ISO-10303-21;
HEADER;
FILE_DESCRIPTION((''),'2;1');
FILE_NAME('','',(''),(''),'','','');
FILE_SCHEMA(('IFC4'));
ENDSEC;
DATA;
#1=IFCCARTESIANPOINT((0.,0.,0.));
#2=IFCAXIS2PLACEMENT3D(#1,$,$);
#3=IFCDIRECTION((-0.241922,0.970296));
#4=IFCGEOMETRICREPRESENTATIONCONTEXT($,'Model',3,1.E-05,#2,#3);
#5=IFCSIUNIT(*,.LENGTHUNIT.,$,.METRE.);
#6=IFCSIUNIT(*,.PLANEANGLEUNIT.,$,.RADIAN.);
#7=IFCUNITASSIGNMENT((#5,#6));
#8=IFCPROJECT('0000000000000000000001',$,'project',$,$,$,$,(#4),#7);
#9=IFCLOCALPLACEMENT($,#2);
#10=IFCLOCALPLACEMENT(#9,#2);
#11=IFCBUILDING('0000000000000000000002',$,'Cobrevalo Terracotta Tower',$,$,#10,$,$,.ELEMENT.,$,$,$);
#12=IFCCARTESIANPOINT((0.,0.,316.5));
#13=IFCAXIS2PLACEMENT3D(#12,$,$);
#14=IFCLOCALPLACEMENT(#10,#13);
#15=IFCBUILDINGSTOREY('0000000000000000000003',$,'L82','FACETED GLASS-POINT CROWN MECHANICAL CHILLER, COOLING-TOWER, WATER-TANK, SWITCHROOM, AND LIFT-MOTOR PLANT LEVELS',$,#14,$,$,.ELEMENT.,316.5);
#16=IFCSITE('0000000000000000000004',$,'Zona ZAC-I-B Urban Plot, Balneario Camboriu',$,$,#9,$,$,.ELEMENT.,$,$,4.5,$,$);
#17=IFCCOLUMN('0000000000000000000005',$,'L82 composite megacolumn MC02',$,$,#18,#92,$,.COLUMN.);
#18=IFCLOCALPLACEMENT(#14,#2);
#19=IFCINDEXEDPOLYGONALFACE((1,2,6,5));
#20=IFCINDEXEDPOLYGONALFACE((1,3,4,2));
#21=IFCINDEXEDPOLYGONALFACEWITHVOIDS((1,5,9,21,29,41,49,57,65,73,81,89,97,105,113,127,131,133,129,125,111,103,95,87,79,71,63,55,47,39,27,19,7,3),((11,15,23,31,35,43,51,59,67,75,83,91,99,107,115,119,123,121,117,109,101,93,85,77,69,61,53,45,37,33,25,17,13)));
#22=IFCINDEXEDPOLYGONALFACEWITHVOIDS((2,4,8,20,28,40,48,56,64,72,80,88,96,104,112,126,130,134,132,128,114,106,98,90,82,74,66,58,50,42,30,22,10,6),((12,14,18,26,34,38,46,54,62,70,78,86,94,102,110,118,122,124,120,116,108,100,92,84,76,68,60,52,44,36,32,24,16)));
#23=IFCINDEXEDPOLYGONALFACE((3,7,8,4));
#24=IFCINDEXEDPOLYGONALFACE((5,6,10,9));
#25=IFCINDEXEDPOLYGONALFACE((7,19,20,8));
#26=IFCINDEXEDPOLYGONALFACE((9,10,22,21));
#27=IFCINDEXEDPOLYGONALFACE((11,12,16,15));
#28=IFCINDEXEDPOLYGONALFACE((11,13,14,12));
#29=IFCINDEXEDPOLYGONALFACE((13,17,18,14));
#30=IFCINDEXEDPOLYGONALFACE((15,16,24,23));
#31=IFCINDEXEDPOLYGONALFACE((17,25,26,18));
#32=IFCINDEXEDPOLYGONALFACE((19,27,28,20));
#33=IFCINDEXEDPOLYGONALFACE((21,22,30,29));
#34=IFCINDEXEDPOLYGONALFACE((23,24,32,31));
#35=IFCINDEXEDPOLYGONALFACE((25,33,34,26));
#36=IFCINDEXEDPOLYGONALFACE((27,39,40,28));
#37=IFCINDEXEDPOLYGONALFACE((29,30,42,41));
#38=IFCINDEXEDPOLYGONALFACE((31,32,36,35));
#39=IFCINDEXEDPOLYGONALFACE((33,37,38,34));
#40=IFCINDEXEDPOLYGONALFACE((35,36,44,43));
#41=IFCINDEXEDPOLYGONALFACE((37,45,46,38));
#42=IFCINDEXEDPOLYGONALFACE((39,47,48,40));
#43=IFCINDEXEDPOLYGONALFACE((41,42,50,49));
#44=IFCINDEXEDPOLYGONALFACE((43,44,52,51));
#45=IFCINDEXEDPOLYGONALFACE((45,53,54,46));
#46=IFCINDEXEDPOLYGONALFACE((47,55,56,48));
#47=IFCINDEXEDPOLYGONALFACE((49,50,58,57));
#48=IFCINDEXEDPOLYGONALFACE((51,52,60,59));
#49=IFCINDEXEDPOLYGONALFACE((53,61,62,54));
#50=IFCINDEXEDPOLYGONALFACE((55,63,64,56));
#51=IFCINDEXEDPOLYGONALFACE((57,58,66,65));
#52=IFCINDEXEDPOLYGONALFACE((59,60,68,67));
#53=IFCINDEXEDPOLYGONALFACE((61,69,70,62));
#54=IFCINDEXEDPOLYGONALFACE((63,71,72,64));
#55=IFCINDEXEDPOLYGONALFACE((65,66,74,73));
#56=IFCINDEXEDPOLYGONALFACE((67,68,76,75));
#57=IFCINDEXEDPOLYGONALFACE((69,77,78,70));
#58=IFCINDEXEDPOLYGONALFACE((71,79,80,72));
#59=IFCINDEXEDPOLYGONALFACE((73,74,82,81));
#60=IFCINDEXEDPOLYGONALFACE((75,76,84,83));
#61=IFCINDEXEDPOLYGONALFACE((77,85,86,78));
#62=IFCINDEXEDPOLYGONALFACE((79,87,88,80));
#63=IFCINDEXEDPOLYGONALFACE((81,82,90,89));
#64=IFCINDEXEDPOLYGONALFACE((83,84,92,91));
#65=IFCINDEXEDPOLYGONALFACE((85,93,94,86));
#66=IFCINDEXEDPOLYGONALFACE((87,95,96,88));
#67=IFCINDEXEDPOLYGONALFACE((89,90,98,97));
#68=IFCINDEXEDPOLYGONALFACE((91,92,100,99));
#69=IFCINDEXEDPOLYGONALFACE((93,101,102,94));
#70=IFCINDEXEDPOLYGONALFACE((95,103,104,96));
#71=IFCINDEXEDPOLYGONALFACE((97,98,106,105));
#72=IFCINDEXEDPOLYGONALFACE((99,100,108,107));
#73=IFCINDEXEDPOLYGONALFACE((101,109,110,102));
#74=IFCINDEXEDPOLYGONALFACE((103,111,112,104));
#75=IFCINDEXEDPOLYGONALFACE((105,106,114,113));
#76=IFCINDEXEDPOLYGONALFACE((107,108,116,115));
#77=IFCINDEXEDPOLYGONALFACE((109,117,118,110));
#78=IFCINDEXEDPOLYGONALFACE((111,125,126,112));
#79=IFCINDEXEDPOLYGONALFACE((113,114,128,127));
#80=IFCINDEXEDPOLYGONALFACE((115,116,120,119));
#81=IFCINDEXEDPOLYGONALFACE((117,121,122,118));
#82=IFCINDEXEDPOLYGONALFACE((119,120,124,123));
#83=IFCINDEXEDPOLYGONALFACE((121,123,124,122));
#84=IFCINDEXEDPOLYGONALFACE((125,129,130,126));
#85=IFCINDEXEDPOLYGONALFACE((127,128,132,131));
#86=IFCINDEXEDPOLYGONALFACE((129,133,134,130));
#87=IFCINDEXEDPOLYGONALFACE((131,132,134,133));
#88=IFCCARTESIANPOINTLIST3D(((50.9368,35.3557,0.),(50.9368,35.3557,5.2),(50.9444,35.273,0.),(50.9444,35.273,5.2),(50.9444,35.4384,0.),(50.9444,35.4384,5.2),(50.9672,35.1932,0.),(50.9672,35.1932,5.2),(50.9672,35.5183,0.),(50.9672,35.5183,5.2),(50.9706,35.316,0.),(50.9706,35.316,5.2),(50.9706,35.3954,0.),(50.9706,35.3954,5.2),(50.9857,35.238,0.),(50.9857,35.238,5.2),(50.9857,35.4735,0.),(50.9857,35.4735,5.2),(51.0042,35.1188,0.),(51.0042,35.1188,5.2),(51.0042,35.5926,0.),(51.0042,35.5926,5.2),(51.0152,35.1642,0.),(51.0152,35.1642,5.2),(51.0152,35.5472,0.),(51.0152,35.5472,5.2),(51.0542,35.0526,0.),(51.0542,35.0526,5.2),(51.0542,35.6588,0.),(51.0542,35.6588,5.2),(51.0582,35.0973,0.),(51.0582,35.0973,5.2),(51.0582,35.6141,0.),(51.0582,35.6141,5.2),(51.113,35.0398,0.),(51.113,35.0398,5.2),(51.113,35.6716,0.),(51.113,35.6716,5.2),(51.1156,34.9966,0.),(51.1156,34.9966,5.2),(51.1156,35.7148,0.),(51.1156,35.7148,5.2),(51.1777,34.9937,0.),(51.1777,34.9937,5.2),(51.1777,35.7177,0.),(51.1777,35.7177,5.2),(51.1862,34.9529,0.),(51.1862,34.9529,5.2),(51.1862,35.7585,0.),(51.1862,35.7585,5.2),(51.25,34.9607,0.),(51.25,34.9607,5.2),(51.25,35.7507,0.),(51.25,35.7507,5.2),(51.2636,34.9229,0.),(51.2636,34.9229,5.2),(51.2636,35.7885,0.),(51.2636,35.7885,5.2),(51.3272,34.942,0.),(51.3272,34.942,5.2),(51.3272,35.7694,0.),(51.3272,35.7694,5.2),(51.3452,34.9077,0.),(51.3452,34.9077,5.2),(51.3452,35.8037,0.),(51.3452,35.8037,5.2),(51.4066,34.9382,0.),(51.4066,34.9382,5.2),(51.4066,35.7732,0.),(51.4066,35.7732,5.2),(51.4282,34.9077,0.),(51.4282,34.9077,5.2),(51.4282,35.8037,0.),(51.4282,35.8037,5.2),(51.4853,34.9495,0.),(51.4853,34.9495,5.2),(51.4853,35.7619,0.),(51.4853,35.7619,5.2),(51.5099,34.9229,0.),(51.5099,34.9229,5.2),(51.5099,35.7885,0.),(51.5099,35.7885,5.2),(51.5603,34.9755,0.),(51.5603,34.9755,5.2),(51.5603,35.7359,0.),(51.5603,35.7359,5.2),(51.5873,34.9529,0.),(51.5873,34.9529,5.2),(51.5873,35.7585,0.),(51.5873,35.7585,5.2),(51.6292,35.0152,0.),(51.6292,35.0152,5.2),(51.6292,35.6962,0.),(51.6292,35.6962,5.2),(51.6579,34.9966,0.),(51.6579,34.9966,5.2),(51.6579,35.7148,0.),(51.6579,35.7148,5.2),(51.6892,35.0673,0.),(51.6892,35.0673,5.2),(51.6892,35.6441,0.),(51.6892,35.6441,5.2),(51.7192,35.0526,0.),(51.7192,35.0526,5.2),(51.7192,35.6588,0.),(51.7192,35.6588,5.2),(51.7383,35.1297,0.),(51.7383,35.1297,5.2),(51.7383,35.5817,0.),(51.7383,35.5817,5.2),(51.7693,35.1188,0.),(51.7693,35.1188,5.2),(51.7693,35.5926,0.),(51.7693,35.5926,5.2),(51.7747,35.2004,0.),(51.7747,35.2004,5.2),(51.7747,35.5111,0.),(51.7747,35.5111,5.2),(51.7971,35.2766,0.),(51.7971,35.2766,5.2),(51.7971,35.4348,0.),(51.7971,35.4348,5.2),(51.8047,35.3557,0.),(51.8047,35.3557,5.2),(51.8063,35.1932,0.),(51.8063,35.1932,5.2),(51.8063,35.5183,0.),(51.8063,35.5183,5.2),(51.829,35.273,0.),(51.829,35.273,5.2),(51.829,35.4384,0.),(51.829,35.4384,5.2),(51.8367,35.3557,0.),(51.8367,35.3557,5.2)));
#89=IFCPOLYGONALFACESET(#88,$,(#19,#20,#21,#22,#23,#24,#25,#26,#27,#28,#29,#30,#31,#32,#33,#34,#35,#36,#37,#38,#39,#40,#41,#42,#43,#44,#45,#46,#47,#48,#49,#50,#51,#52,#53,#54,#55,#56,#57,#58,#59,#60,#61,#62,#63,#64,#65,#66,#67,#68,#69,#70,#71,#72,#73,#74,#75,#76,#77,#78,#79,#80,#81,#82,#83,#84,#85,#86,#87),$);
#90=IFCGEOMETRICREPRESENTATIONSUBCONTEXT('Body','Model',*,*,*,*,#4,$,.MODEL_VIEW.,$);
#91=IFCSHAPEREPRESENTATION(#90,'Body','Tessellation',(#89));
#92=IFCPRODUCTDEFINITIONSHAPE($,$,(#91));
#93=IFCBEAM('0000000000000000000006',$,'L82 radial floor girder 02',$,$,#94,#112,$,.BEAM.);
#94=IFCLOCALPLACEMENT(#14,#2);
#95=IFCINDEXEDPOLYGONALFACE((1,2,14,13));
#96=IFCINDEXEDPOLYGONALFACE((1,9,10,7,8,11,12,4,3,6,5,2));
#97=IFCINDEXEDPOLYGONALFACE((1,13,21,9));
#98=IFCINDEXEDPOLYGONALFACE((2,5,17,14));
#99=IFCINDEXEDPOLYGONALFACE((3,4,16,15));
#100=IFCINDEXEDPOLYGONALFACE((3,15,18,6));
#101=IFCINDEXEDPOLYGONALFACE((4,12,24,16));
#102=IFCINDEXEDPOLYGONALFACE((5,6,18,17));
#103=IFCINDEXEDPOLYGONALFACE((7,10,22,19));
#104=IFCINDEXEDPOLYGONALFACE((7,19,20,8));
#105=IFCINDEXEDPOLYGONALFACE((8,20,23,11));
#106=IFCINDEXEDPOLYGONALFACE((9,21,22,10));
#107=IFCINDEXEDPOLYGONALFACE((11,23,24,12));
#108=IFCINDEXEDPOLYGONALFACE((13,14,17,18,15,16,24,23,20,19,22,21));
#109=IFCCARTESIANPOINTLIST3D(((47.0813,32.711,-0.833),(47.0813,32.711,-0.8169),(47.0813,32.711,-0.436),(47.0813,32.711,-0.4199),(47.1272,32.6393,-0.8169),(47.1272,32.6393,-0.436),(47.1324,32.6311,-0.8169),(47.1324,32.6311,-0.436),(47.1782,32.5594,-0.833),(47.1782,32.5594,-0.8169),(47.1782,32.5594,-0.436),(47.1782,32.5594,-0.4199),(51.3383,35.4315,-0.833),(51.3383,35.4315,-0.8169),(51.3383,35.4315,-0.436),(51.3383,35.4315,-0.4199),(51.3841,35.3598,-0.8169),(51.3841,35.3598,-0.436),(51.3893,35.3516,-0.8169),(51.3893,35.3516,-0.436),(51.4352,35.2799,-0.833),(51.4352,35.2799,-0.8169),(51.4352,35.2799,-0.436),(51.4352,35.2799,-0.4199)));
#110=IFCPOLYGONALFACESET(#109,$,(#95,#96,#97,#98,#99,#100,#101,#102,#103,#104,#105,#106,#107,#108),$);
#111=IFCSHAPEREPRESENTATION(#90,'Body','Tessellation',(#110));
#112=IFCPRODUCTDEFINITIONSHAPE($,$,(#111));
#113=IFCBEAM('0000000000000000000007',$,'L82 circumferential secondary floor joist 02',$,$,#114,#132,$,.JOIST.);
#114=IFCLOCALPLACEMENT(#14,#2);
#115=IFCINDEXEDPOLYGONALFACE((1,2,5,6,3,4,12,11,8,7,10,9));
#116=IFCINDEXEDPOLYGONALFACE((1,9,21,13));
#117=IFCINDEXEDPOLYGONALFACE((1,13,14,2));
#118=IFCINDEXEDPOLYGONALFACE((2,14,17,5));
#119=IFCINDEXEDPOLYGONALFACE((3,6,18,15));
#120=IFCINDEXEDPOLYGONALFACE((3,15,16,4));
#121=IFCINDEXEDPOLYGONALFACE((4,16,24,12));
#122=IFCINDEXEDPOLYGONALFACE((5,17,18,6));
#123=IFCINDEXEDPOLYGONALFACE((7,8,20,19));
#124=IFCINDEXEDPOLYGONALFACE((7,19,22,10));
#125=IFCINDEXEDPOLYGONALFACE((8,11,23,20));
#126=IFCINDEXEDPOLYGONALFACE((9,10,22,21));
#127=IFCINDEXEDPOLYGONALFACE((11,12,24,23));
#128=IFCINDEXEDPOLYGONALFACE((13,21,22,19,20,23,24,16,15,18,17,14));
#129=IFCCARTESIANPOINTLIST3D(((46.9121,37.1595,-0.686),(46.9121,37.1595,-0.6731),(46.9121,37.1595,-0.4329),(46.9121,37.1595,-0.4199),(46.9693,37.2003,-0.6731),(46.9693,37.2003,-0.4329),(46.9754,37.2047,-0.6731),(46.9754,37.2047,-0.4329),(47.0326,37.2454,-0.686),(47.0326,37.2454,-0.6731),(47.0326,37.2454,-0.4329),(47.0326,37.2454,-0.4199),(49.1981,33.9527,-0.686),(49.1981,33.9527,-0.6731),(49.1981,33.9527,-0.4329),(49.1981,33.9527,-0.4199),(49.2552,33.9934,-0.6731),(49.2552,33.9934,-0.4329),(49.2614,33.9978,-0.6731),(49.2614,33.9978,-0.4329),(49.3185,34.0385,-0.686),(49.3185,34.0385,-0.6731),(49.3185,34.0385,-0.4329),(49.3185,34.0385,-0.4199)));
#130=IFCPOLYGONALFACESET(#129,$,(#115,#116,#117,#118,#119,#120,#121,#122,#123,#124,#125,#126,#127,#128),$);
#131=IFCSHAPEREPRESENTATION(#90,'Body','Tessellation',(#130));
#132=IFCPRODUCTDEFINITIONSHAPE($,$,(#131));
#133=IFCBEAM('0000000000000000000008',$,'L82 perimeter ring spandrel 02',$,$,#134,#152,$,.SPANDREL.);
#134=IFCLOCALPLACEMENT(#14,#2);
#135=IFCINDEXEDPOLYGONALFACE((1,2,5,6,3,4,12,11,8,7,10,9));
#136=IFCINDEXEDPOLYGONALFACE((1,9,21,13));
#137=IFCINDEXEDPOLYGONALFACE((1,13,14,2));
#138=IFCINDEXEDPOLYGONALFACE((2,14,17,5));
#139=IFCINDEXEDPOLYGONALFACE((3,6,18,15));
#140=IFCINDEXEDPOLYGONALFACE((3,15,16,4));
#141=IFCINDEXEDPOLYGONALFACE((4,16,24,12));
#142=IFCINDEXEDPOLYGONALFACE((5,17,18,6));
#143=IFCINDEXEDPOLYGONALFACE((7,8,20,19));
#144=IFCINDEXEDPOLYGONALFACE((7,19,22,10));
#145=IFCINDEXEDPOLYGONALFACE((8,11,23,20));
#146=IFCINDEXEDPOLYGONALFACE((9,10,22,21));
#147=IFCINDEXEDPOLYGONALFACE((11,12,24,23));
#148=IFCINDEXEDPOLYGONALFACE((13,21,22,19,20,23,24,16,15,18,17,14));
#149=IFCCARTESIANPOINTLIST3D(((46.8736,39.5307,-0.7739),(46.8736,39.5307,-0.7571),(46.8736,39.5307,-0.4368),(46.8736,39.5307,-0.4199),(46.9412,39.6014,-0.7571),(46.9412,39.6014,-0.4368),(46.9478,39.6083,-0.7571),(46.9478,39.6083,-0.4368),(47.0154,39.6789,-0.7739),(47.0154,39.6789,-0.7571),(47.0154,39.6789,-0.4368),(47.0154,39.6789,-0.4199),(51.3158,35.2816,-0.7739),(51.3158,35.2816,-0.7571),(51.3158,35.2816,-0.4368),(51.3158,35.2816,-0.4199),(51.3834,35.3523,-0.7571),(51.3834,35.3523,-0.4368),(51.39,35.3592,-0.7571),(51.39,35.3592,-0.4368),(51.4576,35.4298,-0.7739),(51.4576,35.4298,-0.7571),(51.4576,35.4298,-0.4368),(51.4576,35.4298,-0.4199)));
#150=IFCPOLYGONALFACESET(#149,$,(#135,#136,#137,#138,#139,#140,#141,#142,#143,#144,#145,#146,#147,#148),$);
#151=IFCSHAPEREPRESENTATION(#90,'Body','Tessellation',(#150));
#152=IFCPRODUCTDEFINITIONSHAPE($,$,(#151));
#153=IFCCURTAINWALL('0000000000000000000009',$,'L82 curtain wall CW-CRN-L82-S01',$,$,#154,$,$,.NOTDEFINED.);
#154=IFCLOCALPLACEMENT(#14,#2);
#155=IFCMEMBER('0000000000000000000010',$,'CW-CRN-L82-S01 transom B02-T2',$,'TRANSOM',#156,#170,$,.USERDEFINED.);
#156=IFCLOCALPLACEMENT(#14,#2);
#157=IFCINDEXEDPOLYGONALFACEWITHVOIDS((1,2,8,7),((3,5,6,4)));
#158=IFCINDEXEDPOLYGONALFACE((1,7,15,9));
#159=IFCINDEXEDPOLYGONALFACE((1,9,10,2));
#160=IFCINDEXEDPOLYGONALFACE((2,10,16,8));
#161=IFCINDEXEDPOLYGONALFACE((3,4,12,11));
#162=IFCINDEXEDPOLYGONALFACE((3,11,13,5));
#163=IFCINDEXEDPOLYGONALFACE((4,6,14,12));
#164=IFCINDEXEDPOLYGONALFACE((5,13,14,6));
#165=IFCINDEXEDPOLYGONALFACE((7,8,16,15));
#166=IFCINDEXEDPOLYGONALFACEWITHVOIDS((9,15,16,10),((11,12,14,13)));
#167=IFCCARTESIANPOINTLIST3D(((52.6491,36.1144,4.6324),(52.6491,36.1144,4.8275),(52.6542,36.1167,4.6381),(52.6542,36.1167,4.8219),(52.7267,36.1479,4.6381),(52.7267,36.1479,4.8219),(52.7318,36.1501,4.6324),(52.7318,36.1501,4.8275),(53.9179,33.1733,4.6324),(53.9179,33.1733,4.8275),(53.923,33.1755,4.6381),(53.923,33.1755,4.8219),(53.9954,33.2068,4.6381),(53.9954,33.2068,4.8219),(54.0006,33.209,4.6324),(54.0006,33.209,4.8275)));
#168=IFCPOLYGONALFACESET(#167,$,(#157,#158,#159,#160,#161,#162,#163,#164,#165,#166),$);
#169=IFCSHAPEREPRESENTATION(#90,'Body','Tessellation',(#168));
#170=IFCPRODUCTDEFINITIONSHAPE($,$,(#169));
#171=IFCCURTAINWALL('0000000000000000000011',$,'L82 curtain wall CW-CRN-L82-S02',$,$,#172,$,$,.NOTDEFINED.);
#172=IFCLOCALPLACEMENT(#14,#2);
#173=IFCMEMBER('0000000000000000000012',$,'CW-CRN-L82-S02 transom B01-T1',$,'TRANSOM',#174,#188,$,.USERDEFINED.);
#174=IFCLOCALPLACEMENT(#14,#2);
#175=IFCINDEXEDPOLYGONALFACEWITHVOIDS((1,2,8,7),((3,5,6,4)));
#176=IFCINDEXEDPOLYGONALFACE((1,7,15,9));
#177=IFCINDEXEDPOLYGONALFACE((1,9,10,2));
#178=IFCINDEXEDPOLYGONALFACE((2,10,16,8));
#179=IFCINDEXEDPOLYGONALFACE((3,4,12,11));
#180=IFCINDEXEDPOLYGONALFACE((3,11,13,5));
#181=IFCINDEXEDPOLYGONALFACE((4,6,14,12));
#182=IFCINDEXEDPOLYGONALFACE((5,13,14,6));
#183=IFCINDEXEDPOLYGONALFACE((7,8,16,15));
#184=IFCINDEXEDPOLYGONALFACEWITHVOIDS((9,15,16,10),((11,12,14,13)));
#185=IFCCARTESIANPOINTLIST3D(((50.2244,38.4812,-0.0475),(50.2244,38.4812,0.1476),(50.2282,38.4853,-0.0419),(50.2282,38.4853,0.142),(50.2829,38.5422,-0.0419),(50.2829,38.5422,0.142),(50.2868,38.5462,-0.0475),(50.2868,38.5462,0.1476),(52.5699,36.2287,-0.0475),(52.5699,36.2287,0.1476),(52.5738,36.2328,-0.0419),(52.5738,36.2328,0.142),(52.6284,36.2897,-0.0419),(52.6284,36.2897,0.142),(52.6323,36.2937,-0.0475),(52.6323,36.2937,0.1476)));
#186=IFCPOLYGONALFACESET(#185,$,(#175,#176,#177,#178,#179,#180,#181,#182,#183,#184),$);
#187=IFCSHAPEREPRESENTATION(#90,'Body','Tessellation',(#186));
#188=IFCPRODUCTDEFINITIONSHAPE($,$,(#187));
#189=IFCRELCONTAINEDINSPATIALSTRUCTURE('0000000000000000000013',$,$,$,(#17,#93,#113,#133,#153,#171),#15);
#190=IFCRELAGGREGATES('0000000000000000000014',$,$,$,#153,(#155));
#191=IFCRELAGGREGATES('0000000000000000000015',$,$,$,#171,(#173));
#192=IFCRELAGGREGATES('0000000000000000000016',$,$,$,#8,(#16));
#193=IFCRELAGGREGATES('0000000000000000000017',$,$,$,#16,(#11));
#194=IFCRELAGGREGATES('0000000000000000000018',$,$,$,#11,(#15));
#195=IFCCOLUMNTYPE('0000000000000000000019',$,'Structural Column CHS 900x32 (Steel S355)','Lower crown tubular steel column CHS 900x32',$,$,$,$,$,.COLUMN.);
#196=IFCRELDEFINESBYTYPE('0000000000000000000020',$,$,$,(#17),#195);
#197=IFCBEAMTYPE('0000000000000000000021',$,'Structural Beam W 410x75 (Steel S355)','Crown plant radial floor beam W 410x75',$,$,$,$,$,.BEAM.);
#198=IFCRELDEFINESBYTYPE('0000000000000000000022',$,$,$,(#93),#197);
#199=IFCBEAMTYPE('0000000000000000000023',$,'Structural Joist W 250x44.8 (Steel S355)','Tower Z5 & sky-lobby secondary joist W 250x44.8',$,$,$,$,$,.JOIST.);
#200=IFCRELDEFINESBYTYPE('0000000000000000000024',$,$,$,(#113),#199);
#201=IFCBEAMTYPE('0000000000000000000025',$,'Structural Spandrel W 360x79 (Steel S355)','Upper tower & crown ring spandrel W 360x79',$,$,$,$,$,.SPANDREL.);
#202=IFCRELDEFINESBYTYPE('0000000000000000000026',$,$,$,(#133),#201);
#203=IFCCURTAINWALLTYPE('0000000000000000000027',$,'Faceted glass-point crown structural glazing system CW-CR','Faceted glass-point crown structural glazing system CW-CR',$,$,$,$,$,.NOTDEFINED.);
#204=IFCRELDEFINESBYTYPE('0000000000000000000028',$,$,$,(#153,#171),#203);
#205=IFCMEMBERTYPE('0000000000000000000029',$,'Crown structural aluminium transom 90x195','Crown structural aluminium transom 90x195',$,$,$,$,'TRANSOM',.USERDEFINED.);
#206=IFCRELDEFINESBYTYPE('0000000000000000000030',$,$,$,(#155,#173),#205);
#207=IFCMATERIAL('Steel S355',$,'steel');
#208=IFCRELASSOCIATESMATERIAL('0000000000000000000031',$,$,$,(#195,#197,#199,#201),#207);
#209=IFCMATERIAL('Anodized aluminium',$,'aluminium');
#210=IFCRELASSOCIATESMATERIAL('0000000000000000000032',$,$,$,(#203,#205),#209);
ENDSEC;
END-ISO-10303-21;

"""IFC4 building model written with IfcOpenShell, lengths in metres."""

from ifc_helpers import new_model, si_unit, direction, frame, origin, origin_2d, place, context, subcontext, project, spatial, hollow_rectangle, hollow_circle, i_section, extrude, source, transform, mapped, material, material_profile, profile_set, type_object, element, aggregate, save


model = new_model("IFC4")

# Units and contexts
model_context = context("Model", 3, precision=1e-05, world=origin(), true_north=direction((-0.241922, 0.970296)))
body_context = subcontext(model_context, "Body", "Model", "MODEL_VIEW")
ifc_project = project(units=[si_unit("LENGTHUNIT", "METRE"), si_unit("PLANEANGLEUNIT", "RADIAN")], contexts=[model_context])

# Site, building, storey
site_placement = place(None, origin())
site = spatial("IfcSite", under=ifc_project, at=site_placement, Name="Zona ZAC-I-B Urban Plot, Balneario Camboriu", CompositionType="ELEMENT", RefElevation=4.5)
building_placement = place(site_placement, origin())
building = spatial("IfcBuilding", under=site, at=building_placement, Name="Cobrevalo Terracotta Tower", CompositionType="ELEMENT")
storey_placement = place(building_placement, frame((0.0, 0.0, 316.5)))
storey = spatial("IfcBuildingStorey", under=building, at=storey_placement, Name="L82", Description="FACETED GLASS-POINT CROWN MECHANICAL CHILLER, COOLING-TOWER, WATER-TANK, SWITCHROOM, AND LIFT-MOTOR PLANT LEVELS", CompositionType="ELEMENT", Elevation=316.5)

# Column
ifc_material_1 = material(Name="Steel S355", Category="steel")
ifc_material_profile_1 = material_profile(ifc_material_1, hollow_circle(Radius=0.45, WallThickness=0.032, at=origin_2d()), Name="CHS 900x32")
ifc_profile_set_1 = profile_set([ifc_material_profile_1], Name="Steel S355")
column_type = type_object("IfcColumnType", Name="Structural Column CHS 900x32 (Steel S355)", Description="Lower crown tubular steel column CHS 900x32", PredefinedType="COLUMN", material=ifc_profile_set_1)
column_placement = place(storey_placement, frame((51.3867, 35.3557, 0.0), z_axis=(0.0, 0.0, 1.0), x_axis=(1.0, 0.0, 0.0)))
element("IfcColumn", 1, at=column_placement, inside=storey, type_object=column_type, Name="L82 composite megacolumn MC02", PredefinedType="COLUMN", context=body_context, shape_type="SweptSolid", body=[
    extrude(hollow_circle(Radius=0.45, WallThickness=0.032, at=origin_2d()), origin(), (0.0, 0.0, 1.0), 5.2),
])

# Beams
ifc_material_profile_2 = material_profile(ifc_material_1, i_section(OverallWidth=0.1799, OverallDepth=0.4131, WebThickness=0.0098, FlangeThickness=0.0161, at=origin_2d()), Name="W 410x75")
ifc_profile_set_2 = profile_set([ifc_material_profile_2], Name="Steel S355")
beam_type_1 = type_object("IfcBeamType", Name="Structural Beam W 410x75 (Steel S355)", Description="Crown plant radial floor beam W 410x75", PredefinedType="BEAM", material=ifc_profile_set_2)
beam_1_placement = place(storey_placement, frame((51.3867, 35.3557, -0.6265), z_axis=(-0.842623, -0.538504, 0.0), x_axis=(0.538504, -0.842623, 0.0)))
element("IfcBeam", 2, at=beam_1_placement, inside=storey, type_object=beam_type_1, Name="L82 radial floor girder 02", PredefinedType="BEAM", context=body_context, shape_type="SweptSolid", body=[
    extrude(i_section(OverallWidth=0.1799, OverallDepth=0.4131, WebThickness=0.0098, FlangeThickness=0.0161, at=origin_2d()), origin(), (0.0, 0.0, 1.0), 5.052),
])
ifc_material_profile_3 = material_profile(ifc_material_1, i_section(OverallWidth=0.1479, OverallDepth=0.2661, WebThickness=0.0076, FlangeThickness=0.0129, at=origin_2d()), Name="W 250x44.8")
ifc_profile_set_3 = profile_set([ifc_material_profile_3], Name="Steel S355")
beam_type_2 = type_object("IfcBeamType", Name="Structural Joist W 250x44.8 (Steel S355)", Description="Tower Z5 & sky-lobby secondary joist W 250x44.8", PredefinedType="JOIST", material=ifc_profile_set_3)
beam_2_placement = place(storey_placement, frame((49.2583, 33.9956, -0.553), z_axis=(-0.580452, 0.814294, 0.0), x_axis=(-0.814294, -0.580452, 0.0)))
element("IfcBeam", 3, at=beam_2_placement, inside=storey, type_object=beam_type_2, Name="L82 circumferential secondary floor joist 02", PredefinedType="JOIST", context=body_context, shape_type="SweptSolid", body=[
    extrude(i_section(OverallWidth=0.1479, OverallDepth=0.2661, WebThickness=0.0076, FlangeThickness=0.0129, at=origin_2d()), origin(), (0.0, 0.0, 1.0), 3.9382),
])
ifc_material_profile_4 = material_profile(ifc_material_1, i_section(OverallWidth=0.2051, OverallDepth=0.354, WebThickness=0.0095, FlangeThickness=0.0168, at=origin_2d()), Name="W 360x79")
ifc_profile_set_4 = profile_set([ifc_material_profile_4], Name="Steel S355")
beam_type_3 = type_object("IfcBeamType", Name="Structural Spandrel W 360x79 (Steel S355)", Description="Upper tower & crown ring spandrel W 360x79", PredefinedType="SPANDREL", material=ifc_profile_set_4)
beam_3_placement = place(storey_placement, frame((51.3867, 35.3557, -0.5969), z_axis=(-0.72264, 0.691224, 0.0), x_axis=(-0.691224, -0.72264, 0.0)))
element("IfcBeam", 4, at=beam_3_placement, inside=storey, type_object=beam_type_3, Name="L82 perimeter ring spandrel 02", PredefinedType="SPANDREL", context=body_context, shape_type="SweptSolid", body=[
    extrude(i_section(OverallWidth=0.2051, OverallDepth=0.354, WebThickness=0.0095, FlangeThickness=0.0168, at=origin_2d()), origin(), (0.0, 0.0, 1.0), 6.1472),
])

# Curtain wall, member
ifc_material_2 = material(Name="Anodized aluminium", Category="aluminium")
curtain_wall_type = type_object("IfcCurtainWallType", Name="Faceted glass-point crown structural glazing system CW-CR", Description="Faceted glass-point crown structural glazing system CW-CR", PredefinedType="NOTDEFINED", material=ifc_material_2)
curtain_wall_1_placement = place(storey_placement, origin())
curtain_wall_1 = element("IfcCurtainWall", 5, at=curtain_wall_1_placement, inside=storey, type_object=curtain_wall_type, Name="L82 curtain wall CW-CRN-L82-S01", PredefinedType="NOTDEFINED")
ifc_material_profile_5 = material_profile(ifc_material_2, hollow_rectangle(XDim=0.0901, YDim=0.1951, WallThickness=0.0056, at=origin_2d()), Name="CWT 90x195")
ifc_profile_set_5 = profile_set([ifc_material_profile_5], Name="Anodized aluminium")
member_type_1 = type_object("IfcMemberType", Name="Crown structural aluminium transom 90x195", Description="Crown structural aluminium transom 90x195", ElementType="TRANSOM", PredefinedType="USERDEFINED", material=ifc_profile_set_5)
shared_shape_1 = source(origin(), body_context, "Body", "SweptSolid", [
    extrude(hollow_rectangle(XDim=0.0901, YDim=0.1951, WallThickness=0.0056, at=origin_2d()), origin(), (0.0, 0.0, 1.0), 3.2031),
])
member_1_placement = place(storey_placement, frame((53.9592, 33.1912, 4.73), z_axis=(-0.396107, 0.918204, 0.0), x_axis=(-0.918204, -0.396107, 0.0)))
member_1 = element("IfcMember", 6, at=member_1_placement, type_object=member_type_1, Name="CW-CRN-L82-S01 transom B02-T2", ObjectType="TRANSOM", PredefinedType="USERDEFINED", context=body_context, shape_type="MappedRepresentation", body=[
    mapped(shared_shape_1, transform((0.0, 0.0, 0.0), scale=1.0)),
])

# Curtain wall, member
curtain_wall_2_placement = place(storey_placement, origin())
curtain_wall_2 = element("IfcCurtainWall", 7, at=curtain_wall_2_placement, inside=storey, type_object=curtain_wall_type, Name="L82 curtain wall CW-CRN-L82-S02", PredefinedType="NOTDEFINED")
shared_shape_2 = source(origin(), body_context, "Body", "SweptSolid", [
    extrude(hollow_rectangle(XDim=0.0901, YDim=0.1951, WallThickness=0.0056, at=origin_2d()), origin(), (0.0, 0.0, 1.0), 3.252),
])
member_2_placement = place(storey_placement, frame((52.6011, 36.2612, 0.05), z_axis=(-0.721264, 0.69266, 0.0), x_axis=(-0.69266, -0.721264, 0.0)))
member_2 = element("IfcMember", 8, at=member_2_placement, type_object=member_type_1, Name="CW-CRN-L82-S02 transom B01-T1", ObjectType="TRANSOM", PredefinedType="USERDEFINED", context=body_context, shape_type="MappedRepresentation", body=[
    mapped(shared_shape_2, transform((0.0, 0.0, 0.0), scale=1.0)),
])

aggregate(curtain_wall_1, [member_1])
aggregate(curtain_wall_2, [member_2])

save(model, "model.ifc")
